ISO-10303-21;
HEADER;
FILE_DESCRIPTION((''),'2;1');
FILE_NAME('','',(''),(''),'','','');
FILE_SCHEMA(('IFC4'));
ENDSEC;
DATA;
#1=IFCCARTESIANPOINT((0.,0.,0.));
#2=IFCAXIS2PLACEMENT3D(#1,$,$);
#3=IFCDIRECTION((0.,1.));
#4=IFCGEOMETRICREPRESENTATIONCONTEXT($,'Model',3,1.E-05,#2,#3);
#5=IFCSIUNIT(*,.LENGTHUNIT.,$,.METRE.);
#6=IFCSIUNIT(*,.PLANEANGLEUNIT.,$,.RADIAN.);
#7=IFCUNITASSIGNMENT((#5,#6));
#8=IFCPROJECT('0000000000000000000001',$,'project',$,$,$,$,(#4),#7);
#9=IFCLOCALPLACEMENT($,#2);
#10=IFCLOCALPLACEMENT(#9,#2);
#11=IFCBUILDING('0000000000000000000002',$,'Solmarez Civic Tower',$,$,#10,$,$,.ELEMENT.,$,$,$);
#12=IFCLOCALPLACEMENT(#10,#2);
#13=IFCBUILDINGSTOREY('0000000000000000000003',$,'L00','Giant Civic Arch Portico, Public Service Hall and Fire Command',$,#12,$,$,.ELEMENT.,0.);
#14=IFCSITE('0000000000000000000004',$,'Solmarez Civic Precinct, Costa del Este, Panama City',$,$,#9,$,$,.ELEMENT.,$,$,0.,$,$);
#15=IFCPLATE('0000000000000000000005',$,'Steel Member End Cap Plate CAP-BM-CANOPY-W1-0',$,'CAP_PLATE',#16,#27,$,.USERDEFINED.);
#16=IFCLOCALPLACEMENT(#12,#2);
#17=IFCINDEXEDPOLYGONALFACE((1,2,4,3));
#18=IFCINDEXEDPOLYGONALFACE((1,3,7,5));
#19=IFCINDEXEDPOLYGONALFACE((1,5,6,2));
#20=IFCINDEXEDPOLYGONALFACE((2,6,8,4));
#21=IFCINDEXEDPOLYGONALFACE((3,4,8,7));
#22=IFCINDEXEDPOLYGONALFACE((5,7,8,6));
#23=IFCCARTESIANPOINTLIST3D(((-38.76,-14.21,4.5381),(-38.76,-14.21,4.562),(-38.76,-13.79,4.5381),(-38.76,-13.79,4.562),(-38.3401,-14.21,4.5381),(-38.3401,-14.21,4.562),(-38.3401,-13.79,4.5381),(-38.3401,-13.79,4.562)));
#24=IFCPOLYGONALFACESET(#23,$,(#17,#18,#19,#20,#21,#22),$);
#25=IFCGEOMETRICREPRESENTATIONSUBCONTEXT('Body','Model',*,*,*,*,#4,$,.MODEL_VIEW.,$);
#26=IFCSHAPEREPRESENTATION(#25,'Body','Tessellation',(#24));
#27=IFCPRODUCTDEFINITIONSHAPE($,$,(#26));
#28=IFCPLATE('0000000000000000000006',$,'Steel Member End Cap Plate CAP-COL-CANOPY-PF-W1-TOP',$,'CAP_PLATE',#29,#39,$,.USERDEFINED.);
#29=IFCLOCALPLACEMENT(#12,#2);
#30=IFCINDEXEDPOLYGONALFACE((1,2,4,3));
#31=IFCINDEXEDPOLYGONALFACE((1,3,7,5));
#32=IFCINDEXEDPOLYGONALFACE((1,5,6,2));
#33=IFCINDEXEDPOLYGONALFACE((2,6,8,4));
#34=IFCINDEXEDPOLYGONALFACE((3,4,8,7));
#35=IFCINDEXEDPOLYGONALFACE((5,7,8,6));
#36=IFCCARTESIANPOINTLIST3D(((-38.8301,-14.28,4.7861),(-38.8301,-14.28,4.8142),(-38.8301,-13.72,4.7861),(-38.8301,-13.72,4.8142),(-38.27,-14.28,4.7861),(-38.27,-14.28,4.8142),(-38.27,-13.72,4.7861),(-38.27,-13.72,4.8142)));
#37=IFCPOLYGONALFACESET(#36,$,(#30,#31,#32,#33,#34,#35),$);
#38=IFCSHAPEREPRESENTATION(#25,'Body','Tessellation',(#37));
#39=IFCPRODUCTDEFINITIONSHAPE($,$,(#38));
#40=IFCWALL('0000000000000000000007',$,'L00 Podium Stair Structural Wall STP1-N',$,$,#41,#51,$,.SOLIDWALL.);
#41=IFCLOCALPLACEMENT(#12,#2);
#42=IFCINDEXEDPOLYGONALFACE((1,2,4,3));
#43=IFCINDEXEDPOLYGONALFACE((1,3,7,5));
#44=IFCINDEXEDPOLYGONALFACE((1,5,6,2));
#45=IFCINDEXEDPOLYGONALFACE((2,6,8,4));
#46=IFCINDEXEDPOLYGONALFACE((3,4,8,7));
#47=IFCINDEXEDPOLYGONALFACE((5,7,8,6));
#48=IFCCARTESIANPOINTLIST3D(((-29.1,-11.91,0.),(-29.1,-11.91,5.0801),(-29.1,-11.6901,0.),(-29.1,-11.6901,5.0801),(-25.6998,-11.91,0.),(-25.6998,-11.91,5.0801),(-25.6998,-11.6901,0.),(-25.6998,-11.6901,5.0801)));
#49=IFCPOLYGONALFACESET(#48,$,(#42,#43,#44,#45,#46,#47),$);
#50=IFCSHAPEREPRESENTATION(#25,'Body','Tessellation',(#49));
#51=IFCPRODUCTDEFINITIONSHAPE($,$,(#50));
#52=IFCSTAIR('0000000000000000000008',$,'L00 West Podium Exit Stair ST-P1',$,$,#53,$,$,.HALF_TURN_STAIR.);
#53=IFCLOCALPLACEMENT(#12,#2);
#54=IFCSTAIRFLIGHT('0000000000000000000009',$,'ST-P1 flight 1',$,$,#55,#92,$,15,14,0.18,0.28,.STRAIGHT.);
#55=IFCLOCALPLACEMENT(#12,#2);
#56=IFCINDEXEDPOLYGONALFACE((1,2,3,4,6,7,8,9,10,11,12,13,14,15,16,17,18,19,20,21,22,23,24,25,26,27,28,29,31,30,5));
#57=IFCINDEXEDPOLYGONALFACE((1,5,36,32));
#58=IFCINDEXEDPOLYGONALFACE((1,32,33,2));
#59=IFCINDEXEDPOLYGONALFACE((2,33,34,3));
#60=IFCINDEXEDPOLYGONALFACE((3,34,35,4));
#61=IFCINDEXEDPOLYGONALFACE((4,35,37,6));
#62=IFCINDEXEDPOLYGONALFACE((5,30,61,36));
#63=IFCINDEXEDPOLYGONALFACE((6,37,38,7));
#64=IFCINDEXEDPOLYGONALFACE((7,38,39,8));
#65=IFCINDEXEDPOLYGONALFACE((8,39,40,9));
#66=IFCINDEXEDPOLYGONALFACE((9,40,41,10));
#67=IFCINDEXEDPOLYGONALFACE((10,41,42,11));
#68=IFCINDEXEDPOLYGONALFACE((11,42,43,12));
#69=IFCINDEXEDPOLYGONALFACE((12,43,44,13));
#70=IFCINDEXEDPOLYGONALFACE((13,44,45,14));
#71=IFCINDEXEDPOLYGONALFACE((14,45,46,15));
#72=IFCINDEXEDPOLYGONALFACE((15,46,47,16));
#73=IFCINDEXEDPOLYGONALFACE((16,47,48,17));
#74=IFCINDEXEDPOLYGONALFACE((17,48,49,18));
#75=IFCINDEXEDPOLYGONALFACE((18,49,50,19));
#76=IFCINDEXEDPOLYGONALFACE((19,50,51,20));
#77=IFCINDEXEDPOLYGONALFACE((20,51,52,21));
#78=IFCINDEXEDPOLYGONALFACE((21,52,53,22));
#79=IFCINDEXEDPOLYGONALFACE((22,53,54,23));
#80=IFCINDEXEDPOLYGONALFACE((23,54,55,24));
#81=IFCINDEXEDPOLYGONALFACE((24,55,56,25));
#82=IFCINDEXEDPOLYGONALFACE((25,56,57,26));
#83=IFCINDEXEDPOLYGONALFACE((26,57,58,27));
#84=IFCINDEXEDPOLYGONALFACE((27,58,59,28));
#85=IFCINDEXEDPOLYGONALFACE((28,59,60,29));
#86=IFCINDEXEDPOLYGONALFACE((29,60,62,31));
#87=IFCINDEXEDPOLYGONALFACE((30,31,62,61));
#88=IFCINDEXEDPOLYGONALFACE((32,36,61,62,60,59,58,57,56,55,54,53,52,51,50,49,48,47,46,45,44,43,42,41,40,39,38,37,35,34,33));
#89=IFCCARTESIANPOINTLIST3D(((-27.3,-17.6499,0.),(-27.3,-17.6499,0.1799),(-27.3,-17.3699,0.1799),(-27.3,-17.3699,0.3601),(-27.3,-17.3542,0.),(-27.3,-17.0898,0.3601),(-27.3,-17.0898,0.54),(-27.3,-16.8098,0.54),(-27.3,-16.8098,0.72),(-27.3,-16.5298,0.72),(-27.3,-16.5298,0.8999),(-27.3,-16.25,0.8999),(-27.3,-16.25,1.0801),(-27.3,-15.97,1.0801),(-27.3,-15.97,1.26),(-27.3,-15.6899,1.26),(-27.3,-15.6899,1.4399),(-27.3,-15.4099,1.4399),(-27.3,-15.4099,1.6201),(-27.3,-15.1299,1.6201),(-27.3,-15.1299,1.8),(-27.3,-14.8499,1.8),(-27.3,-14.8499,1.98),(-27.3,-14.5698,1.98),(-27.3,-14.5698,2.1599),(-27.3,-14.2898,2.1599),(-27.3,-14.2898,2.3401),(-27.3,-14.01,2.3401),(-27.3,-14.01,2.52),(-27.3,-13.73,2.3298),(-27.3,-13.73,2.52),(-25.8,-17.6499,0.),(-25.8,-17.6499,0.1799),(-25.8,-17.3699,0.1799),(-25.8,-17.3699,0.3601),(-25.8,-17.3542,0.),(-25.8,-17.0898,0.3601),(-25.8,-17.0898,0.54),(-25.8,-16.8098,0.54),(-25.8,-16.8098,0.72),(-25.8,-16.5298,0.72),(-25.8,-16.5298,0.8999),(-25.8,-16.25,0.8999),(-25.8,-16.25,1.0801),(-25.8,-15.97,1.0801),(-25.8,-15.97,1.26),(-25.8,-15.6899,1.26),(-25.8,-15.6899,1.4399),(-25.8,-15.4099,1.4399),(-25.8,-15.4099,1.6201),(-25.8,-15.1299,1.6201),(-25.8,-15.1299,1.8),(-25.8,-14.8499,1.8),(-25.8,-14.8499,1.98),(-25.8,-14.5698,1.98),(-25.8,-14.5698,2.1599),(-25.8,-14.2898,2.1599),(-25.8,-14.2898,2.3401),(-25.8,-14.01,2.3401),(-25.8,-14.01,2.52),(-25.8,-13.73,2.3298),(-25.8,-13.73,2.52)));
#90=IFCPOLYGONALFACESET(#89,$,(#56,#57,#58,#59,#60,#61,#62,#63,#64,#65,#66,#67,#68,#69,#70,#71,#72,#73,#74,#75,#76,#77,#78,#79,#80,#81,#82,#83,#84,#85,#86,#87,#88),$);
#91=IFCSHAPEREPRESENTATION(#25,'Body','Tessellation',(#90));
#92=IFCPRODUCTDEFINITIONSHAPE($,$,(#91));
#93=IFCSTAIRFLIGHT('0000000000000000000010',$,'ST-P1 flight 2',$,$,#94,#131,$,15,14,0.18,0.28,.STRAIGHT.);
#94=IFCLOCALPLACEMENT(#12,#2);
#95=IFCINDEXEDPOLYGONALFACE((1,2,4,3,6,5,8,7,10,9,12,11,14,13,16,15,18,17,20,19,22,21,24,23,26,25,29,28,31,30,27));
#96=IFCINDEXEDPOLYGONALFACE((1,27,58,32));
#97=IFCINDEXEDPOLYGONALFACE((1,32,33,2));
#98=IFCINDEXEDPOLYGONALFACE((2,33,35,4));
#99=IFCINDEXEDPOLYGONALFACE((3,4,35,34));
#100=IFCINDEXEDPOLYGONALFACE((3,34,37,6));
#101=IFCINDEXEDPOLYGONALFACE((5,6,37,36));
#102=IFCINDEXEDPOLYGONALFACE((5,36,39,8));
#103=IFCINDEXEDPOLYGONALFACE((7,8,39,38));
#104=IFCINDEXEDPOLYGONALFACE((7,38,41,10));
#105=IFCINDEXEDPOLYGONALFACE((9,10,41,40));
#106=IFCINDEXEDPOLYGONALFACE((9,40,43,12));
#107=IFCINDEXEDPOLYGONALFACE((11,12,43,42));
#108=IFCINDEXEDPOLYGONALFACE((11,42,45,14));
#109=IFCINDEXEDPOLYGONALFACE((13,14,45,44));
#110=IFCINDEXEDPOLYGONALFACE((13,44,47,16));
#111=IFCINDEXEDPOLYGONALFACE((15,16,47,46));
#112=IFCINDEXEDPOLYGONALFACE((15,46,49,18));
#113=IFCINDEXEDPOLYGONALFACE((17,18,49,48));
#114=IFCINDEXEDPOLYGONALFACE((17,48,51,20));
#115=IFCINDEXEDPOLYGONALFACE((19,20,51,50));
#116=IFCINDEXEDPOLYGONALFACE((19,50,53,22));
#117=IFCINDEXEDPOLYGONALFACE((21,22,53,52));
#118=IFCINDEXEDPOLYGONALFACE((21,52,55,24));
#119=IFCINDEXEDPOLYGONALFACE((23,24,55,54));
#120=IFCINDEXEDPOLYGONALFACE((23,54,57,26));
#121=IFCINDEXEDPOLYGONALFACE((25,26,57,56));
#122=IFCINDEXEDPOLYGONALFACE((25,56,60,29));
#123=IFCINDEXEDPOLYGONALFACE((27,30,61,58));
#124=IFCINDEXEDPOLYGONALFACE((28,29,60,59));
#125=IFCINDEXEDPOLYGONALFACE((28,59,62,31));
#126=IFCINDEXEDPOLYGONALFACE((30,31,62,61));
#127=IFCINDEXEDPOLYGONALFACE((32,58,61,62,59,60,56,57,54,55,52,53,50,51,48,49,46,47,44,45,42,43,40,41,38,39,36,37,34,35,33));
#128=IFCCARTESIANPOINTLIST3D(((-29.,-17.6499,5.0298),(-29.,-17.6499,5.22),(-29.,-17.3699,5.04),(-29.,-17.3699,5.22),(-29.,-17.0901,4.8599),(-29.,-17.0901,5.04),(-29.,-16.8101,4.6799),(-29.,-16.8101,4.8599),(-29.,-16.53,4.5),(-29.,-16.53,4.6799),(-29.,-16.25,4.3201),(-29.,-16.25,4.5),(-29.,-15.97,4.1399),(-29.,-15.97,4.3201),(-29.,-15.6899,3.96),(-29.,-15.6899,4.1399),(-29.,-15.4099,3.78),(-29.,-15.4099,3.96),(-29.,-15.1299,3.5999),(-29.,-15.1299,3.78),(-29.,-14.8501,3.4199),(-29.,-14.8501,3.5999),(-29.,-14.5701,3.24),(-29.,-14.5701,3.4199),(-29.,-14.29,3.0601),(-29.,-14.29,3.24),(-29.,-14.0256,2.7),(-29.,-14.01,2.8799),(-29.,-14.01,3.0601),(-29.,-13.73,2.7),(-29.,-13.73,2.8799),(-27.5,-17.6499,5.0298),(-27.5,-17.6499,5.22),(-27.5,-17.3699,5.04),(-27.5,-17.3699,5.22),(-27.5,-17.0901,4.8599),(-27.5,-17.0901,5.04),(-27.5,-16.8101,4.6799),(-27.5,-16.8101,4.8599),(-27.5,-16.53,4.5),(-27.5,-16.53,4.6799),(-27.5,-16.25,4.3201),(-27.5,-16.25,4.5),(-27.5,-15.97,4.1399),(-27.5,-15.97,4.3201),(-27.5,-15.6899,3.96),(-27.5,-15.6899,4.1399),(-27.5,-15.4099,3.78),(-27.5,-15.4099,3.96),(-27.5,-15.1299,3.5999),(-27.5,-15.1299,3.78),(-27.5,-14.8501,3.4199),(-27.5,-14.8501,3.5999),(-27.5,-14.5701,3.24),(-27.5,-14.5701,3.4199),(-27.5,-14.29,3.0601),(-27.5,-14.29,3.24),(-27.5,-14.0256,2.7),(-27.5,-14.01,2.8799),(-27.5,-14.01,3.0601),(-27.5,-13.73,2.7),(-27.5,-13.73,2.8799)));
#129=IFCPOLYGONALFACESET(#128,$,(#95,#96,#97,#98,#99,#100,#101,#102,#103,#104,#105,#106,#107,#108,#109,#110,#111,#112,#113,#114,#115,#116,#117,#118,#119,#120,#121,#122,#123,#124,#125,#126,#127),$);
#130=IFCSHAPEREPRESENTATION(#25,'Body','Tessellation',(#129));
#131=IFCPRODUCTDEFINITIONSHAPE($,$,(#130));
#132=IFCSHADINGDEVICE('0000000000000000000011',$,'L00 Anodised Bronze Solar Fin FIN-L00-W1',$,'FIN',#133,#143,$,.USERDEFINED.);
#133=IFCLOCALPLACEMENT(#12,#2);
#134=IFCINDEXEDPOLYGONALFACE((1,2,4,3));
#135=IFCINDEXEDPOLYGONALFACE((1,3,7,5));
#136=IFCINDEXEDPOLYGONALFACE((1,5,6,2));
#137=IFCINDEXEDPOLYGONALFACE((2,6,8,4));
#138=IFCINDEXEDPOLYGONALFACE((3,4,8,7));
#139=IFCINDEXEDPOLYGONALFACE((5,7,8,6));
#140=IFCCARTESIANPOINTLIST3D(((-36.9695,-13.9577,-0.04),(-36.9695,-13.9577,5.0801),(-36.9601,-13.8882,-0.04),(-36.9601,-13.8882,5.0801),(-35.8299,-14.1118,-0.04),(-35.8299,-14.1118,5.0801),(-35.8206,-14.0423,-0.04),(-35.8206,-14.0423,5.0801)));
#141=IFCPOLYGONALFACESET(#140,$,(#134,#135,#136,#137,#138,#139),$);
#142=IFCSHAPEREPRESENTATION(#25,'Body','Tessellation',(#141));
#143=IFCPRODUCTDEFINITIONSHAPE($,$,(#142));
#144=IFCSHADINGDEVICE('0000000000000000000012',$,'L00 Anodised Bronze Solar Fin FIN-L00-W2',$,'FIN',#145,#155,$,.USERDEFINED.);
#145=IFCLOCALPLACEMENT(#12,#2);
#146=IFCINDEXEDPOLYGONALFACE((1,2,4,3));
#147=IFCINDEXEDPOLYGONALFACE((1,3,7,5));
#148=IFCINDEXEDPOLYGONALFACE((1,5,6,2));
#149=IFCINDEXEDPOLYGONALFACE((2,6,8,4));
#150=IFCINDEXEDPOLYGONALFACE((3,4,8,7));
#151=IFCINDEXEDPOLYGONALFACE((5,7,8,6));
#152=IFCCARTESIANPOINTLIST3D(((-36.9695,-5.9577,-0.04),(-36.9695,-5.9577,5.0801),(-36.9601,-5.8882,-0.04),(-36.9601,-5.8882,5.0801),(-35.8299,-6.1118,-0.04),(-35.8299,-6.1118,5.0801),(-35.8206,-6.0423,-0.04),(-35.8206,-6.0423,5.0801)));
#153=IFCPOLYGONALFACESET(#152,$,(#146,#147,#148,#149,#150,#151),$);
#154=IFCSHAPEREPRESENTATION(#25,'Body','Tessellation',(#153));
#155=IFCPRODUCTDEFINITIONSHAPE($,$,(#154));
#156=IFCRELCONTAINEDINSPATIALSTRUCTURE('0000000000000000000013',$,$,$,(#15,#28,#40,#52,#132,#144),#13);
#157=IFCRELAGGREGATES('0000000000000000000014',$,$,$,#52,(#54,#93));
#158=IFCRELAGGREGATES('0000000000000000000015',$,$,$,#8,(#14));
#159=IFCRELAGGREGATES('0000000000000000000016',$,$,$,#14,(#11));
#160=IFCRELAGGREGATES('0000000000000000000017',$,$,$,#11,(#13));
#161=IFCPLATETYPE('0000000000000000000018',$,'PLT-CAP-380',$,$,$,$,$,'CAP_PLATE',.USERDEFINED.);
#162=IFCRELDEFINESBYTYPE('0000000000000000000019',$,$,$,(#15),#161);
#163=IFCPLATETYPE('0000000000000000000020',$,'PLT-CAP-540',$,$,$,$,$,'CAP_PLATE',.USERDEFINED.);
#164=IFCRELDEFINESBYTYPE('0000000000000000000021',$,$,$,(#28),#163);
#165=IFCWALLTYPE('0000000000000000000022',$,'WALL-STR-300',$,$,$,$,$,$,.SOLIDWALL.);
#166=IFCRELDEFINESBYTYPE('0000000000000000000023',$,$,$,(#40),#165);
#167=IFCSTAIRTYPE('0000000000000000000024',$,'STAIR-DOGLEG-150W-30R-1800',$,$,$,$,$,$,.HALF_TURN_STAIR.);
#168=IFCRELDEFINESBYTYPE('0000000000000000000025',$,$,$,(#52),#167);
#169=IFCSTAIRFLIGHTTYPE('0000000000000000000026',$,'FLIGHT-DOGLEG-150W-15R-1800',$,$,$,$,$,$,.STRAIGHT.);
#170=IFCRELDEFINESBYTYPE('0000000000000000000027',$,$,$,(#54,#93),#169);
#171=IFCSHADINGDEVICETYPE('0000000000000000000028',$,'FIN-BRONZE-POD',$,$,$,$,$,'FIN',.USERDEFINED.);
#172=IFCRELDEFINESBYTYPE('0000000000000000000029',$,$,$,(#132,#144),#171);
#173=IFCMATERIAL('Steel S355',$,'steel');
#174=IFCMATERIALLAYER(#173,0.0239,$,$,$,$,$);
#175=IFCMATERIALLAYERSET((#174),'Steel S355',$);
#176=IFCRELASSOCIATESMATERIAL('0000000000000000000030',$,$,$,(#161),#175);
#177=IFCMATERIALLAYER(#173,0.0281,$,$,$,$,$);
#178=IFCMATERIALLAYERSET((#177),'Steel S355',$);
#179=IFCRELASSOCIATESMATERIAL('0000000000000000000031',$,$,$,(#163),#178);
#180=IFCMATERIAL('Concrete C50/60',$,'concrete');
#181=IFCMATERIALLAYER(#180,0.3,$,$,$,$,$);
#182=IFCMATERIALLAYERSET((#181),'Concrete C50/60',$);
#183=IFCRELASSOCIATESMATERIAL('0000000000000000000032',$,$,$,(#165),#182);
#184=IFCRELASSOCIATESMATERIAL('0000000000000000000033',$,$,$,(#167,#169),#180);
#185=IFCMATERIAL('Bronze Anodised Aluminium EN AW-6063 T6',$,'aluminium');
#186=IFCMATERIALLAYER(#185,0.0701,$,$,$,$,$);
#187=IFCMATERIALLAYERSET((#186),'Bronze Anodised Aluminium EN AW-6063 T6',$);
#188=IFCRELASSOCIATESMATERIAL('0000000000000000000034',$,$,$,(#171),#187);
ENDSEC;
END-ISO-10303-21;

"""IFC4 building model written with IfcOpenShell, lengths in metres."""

from ifc_helpers import new_model, si_unit, direction, frame, frame_2d, origin, origin_2d, place, context, subcontext, project, spatial, polyline, rectangle, outline, extrude, material, layer, layer_set, type_object, element, aggregate, save


model = new_model("IFC4")

# Units and contexts
model_context = context("Model", 3, precision=1e-05, world=origin(), true_north=direction((0.0, 1.0)))
body_context = subcontext(model_context, "Body", "Model", "MODEL_VIEW")
ifc_project = project(units=[si_unit("LENGTHUNIT", "METRE"), si_unit("PLANEANGLEUNIT", "RADIAN")], contexts=[model_context])

# Site, building, storey
site_placement = place(None, origin())
site = spatial("IfcSite", under=ifc_project, at=site_placement, Name="Solmarez Civic Precinct, Costa del Este, Panama City", CompositionType="ELEMENT", RefElevation=0.0)
building_placement = place(site_placement, origin())
building = spatial("IfcBuilding", under=site, at=building_placement, Name="Solmarez Civic Tower", CompositionType="ELEMENT")
storey_placement = place(building_placement, origin())
storey = spatial("IfcBuildingStorey", under=building, at=storey_placement, Name="L00", Description="Giant Civic Arch Portico, Public Service Hall and Fire Command", CompositionType="ELEMENT", Elevation=0.0)

# Shared definitions
ifc_material_1 = material(Name="Concrete C50/60", Category="concrete")

# Shared definitions
ifc_material_2 = material(Name="Steel S355", Category="steel")

# Plates
ifc_layer_1 = layer(ifc_material_2, 0.0239)
ifc_layer_set_1 = layer_set([ifc_layer_1], Name="Steel S355")
plate_type_1 = type_object("IfcPlateType", Name="PLT-CAP-380", ElementType="CAP_PLATE", PredefinedType="USERDEFINED", material=ifc_layer_set_1)
plate_1_placement = place(storey_placement, frame((-38.55, -14.0, 4.5381), z_axis=(0.0, 0.0, 1.0), x_axis=(1.0, 0.0, 0.0)))
element("IfcPlate", 1, at=plate_1_placement, inside=storey, type_object=plate_type_1, Name="Steel Member End Cap Plate CAP-BM-CANOPY-W1-0", ObjectType="CAP_PLATE", PredefinedType="USERDEFINED", context=body_context, shape_type="SweptSolid", body=[
    extrude(rectangle(XDim=0.4199, YDim=0.4199, at=origin_2d()), origin(), (0.0, 0.0, 1.0), 0.0239),
])
ifc_layer_2 = layer(ifc_material_2, 0.0281)
ifc_layer_set_2 = layer_set([ifc_layer_2], Name="Steel S355")
plate_type_2 = type_object("IfcPlateType", Name="PLT-CAP-540", ElementType="CAP_PLATE", PredefinedType="USERDEFINED", material=ifc_layer_set_2)
plate_2_placement = place(storey_placement, frame((-38.55, -14.0, 4.7861), z_axis=(0.0, 0.0, 1.0), x_axis=(1.0, 0.0, 0.0)))
element("IfcPlate", 2, at=plate_2_placement, inside=storey, type_object=plate_type_2, Name="Steel Member End Cap Plate CAP-COL-CANOPY-PF-W1-TOP", ObjectType="CAP_PLATE", PredefinedType="USERDEFINED", context=body_context, shape_type="SweptSolid", body=[
    extrude(rectangle(XDim=0.5601, YDim=0.5601, at=origin_2d()), origin(), (0.0, 0.0, 1.0), 0.0281),
])

# Wall
ifc_layer_3 = layer(ifc_material_1, 0.3)
ifc_layer_set_3 = layer_set([ifc_layer_3], Name="Concrete C50/60")
wall_type = type_object("IfcWallType", Name="WALL-STR-300", PredefinedType="SOLIDWALL", material=ifc_layer_set_3)
wall_placement = place(storey_placement, frame((-29.1001, -11.8, 0.0), z_axis=(0.0, 0.0, 1.0), x_axis=(1.0, 0.0, 0.0)))
element("IfcWall", 3, at=wall_placement, inside=storey, type_object=wall_type, Name="L00 Podium Stair Structural Wall STP1-N", PredefinedType="SOLIDWALL", context=body_context, shape_type="SweptSolid", body=[
    extrude(rectangle(XDim=3.4001, YDim=0.22, at=frame_2d((1.7002, 0.0))), origin(), (0.0, 0.0, 1.0), 5.0801),
])

# Stair, stair flights
stair_type = type_object("IfcStairType", Name="STAIR-DOGLEG-150W-30R-1800", PredefinedType="HALF_TURN_STAIR", material=ifc_material_1)
stair_placement = place(storey_placement, origin())
stair = element("IfcStair", 4, at=stair_placement, inside=storey, type_object=stair_type, Name="L00 West Podium Exit Stair ST-P1", PredefinedType="HALF_TURN_STAIR")
stair_flight_type = type_object("IfcStairFlightType", Name="FLIGHT-DOGLEG-150W-15R-1800", PredefinedType="STRAIGHT", material=ifc_material_1)
stair_flight_1_placement = place(storey_placement, frame((-26.55, -17.6499, 0.0), z_axis=(0.0, 0.0, 1.0), x_axis=(0.0, 1.0, 0.0)))
stair_flight_1 = element("IfcStairFlight", 5, at=stair_flight_1_placement, type_object=stair_flight_type, Name="ST-P1 flight 1", NumberOfRisers=15, NumberOfTreads=14, PredefinedType="STRAIGHT", RiserHeight=0.18, TreadLength=0.28, context=body_context, shape_type="SweptSolid", body=[
    extrude(outline(polyline([(0.0, 0.0), (0.0, 0.1799), (0.28, 0.1799), (0.28, 0.3601), (0.5601, 0.3601), (0.5601, 0.54), (0.8401, 0.54), (0.8401, 0.72), (1.1201, 0.72), (1.1201, 0.8999), (1.3999, 0.8999), (1.3999, 1.0801), (1.6799, 1.0801), (1.6799, 1.26), (1.96, 1.26), (1.96, 1.4399), (2.24, 1.4399), (2.24, 1.6201), (2.52, 1.6201), (2.52, 1.8), (2.8, 1.8), (2.8, 1.98), (3.0801, 1.98), (3.0801, 2.1599), (3.3601, 2.1599), (3.3601, 2.3401), (3.6399, 2.3401), (3.6399, 2.52), (3.9199, 2.52), (3.9199, 2.7), (3.9199, 2.3298), (0.2957, 0.0), (0.0, 0.0)])), frame((0.0, 0.75, 0.0), z_axis=(0.0, -1.0, 0.0), x_axis=(1.0, 0.0, 0.0)), (0.0, 0.0, 1.0), 1.5),
])
stair_flight_2_placement = place(storey_placement, frame((-28.25, -13.73, 2.7), z_axis=(0.0, 0.0, 1.0), x_axis=(0.0, -1.0, 0.0)))
stair_flight_2 = element("IfcStairFlight", 6, at=stair_flight_2_placement, type_object=stair_flight_type, Name="ST-P1 flight 2", NumberOfRisers=15, NumberOfTreads=14, PredefinedType="STRAIGHT", RiserHeight=0.18, TreadLength=0.28, context=body_context, shape_type="SweptSolid", body=[
    extrude(outline(polyline([(0.0, 0.0), (0.0, 0.1799), (0.28, 0.1799), (0.28, 0.3601), (0.5601, 0.3601), (0.5601, 0.54), (0.8401, 0.54), (0.8401, 0.72), (1.1201, 0.72), (1.1201, 0.8999), (1.3999, 0.8999), (1.3999, 1.0801), (1.6799, 1.0801), (1.6799, 1.26), (1.96, 1.26), (1.96, 1.4399), (2.24, 1.4399), (2.24, 1.6201), (2.52, 1.6201), (2.52, 1.8), (2.8, 1.8), (2.8, 1.98), (3.0801, 1.98), (3.0801, 2.1599), (3.3601, 2.1599), (3.3601, 2.3401), (3.6399, 2.3401), (3.6399, 2.52), (3.9199, 2.52), (3.9199, 2.7), (3.9199, 2.3298), (0.2957, 0.0), (0.0, 0.0)])), frame((0.0, 0.75, 0.0), z_axis=(0.0, -1.0, 0.0), x_axis=(1.0, 0.0, 0.0)), (0.0, 0.0, 1.0), 1.5),
])
aggregate(stair, [stair_flight_1, stair_flight_2])

# Shading devices
ifc_material_3 = material(Name="Bronze Anodised Aluminium EN AW-6063 T6", Category="aluminium")
ifc_layer_4 = layer(ifc_material_3, 0.0701)
ifc_layer_set_4 = layer_set([ifc_layer_4], Name="Bronze Anodised Aluminium EN AW-6063 T6")
shading_device_type = type_object("IfcShadingDeviceType", Name="FIN-BRONZE-POD", ElementType="FIN", PredefinedType="USERDEFINED", material=ifc_layer_set_4)
for number, where, z_axis, x_axis, name in (
    (7, (-36.395, -14.0, -0.04), (0.0, 0.0, 1.0), (-0.990983, 0.133986, 0.0), "L00 Anodised Bronze Solar Fin FIN-L00-W1"),
    (8, (-36.395, -6.0, -0.04), (0.0, 0.0, 1.0), (-0.990983, 0.133986, 0.0), "L00 Anodised Bronze Solar Fin FIN-L00-W2"),
):
    element("IfcShadingDevice", number, at=place(storey_placement, frame(where, z_axis=z_axis, x_axis=x_axis)), inside=storey, type_object=shading_device_type, Name=name, ObjectType="FIN", PredefinedType="USERDEFINED", context=body_context, shape_type="SweptSolid", body=[
        extrude(rectangle(XDim=1.1499, YDim=0.0701, at=origin_2d()), origin(), (0.0, 0.0, 1.0), 5.1201),
    ])

save(model, "model.ifc")
